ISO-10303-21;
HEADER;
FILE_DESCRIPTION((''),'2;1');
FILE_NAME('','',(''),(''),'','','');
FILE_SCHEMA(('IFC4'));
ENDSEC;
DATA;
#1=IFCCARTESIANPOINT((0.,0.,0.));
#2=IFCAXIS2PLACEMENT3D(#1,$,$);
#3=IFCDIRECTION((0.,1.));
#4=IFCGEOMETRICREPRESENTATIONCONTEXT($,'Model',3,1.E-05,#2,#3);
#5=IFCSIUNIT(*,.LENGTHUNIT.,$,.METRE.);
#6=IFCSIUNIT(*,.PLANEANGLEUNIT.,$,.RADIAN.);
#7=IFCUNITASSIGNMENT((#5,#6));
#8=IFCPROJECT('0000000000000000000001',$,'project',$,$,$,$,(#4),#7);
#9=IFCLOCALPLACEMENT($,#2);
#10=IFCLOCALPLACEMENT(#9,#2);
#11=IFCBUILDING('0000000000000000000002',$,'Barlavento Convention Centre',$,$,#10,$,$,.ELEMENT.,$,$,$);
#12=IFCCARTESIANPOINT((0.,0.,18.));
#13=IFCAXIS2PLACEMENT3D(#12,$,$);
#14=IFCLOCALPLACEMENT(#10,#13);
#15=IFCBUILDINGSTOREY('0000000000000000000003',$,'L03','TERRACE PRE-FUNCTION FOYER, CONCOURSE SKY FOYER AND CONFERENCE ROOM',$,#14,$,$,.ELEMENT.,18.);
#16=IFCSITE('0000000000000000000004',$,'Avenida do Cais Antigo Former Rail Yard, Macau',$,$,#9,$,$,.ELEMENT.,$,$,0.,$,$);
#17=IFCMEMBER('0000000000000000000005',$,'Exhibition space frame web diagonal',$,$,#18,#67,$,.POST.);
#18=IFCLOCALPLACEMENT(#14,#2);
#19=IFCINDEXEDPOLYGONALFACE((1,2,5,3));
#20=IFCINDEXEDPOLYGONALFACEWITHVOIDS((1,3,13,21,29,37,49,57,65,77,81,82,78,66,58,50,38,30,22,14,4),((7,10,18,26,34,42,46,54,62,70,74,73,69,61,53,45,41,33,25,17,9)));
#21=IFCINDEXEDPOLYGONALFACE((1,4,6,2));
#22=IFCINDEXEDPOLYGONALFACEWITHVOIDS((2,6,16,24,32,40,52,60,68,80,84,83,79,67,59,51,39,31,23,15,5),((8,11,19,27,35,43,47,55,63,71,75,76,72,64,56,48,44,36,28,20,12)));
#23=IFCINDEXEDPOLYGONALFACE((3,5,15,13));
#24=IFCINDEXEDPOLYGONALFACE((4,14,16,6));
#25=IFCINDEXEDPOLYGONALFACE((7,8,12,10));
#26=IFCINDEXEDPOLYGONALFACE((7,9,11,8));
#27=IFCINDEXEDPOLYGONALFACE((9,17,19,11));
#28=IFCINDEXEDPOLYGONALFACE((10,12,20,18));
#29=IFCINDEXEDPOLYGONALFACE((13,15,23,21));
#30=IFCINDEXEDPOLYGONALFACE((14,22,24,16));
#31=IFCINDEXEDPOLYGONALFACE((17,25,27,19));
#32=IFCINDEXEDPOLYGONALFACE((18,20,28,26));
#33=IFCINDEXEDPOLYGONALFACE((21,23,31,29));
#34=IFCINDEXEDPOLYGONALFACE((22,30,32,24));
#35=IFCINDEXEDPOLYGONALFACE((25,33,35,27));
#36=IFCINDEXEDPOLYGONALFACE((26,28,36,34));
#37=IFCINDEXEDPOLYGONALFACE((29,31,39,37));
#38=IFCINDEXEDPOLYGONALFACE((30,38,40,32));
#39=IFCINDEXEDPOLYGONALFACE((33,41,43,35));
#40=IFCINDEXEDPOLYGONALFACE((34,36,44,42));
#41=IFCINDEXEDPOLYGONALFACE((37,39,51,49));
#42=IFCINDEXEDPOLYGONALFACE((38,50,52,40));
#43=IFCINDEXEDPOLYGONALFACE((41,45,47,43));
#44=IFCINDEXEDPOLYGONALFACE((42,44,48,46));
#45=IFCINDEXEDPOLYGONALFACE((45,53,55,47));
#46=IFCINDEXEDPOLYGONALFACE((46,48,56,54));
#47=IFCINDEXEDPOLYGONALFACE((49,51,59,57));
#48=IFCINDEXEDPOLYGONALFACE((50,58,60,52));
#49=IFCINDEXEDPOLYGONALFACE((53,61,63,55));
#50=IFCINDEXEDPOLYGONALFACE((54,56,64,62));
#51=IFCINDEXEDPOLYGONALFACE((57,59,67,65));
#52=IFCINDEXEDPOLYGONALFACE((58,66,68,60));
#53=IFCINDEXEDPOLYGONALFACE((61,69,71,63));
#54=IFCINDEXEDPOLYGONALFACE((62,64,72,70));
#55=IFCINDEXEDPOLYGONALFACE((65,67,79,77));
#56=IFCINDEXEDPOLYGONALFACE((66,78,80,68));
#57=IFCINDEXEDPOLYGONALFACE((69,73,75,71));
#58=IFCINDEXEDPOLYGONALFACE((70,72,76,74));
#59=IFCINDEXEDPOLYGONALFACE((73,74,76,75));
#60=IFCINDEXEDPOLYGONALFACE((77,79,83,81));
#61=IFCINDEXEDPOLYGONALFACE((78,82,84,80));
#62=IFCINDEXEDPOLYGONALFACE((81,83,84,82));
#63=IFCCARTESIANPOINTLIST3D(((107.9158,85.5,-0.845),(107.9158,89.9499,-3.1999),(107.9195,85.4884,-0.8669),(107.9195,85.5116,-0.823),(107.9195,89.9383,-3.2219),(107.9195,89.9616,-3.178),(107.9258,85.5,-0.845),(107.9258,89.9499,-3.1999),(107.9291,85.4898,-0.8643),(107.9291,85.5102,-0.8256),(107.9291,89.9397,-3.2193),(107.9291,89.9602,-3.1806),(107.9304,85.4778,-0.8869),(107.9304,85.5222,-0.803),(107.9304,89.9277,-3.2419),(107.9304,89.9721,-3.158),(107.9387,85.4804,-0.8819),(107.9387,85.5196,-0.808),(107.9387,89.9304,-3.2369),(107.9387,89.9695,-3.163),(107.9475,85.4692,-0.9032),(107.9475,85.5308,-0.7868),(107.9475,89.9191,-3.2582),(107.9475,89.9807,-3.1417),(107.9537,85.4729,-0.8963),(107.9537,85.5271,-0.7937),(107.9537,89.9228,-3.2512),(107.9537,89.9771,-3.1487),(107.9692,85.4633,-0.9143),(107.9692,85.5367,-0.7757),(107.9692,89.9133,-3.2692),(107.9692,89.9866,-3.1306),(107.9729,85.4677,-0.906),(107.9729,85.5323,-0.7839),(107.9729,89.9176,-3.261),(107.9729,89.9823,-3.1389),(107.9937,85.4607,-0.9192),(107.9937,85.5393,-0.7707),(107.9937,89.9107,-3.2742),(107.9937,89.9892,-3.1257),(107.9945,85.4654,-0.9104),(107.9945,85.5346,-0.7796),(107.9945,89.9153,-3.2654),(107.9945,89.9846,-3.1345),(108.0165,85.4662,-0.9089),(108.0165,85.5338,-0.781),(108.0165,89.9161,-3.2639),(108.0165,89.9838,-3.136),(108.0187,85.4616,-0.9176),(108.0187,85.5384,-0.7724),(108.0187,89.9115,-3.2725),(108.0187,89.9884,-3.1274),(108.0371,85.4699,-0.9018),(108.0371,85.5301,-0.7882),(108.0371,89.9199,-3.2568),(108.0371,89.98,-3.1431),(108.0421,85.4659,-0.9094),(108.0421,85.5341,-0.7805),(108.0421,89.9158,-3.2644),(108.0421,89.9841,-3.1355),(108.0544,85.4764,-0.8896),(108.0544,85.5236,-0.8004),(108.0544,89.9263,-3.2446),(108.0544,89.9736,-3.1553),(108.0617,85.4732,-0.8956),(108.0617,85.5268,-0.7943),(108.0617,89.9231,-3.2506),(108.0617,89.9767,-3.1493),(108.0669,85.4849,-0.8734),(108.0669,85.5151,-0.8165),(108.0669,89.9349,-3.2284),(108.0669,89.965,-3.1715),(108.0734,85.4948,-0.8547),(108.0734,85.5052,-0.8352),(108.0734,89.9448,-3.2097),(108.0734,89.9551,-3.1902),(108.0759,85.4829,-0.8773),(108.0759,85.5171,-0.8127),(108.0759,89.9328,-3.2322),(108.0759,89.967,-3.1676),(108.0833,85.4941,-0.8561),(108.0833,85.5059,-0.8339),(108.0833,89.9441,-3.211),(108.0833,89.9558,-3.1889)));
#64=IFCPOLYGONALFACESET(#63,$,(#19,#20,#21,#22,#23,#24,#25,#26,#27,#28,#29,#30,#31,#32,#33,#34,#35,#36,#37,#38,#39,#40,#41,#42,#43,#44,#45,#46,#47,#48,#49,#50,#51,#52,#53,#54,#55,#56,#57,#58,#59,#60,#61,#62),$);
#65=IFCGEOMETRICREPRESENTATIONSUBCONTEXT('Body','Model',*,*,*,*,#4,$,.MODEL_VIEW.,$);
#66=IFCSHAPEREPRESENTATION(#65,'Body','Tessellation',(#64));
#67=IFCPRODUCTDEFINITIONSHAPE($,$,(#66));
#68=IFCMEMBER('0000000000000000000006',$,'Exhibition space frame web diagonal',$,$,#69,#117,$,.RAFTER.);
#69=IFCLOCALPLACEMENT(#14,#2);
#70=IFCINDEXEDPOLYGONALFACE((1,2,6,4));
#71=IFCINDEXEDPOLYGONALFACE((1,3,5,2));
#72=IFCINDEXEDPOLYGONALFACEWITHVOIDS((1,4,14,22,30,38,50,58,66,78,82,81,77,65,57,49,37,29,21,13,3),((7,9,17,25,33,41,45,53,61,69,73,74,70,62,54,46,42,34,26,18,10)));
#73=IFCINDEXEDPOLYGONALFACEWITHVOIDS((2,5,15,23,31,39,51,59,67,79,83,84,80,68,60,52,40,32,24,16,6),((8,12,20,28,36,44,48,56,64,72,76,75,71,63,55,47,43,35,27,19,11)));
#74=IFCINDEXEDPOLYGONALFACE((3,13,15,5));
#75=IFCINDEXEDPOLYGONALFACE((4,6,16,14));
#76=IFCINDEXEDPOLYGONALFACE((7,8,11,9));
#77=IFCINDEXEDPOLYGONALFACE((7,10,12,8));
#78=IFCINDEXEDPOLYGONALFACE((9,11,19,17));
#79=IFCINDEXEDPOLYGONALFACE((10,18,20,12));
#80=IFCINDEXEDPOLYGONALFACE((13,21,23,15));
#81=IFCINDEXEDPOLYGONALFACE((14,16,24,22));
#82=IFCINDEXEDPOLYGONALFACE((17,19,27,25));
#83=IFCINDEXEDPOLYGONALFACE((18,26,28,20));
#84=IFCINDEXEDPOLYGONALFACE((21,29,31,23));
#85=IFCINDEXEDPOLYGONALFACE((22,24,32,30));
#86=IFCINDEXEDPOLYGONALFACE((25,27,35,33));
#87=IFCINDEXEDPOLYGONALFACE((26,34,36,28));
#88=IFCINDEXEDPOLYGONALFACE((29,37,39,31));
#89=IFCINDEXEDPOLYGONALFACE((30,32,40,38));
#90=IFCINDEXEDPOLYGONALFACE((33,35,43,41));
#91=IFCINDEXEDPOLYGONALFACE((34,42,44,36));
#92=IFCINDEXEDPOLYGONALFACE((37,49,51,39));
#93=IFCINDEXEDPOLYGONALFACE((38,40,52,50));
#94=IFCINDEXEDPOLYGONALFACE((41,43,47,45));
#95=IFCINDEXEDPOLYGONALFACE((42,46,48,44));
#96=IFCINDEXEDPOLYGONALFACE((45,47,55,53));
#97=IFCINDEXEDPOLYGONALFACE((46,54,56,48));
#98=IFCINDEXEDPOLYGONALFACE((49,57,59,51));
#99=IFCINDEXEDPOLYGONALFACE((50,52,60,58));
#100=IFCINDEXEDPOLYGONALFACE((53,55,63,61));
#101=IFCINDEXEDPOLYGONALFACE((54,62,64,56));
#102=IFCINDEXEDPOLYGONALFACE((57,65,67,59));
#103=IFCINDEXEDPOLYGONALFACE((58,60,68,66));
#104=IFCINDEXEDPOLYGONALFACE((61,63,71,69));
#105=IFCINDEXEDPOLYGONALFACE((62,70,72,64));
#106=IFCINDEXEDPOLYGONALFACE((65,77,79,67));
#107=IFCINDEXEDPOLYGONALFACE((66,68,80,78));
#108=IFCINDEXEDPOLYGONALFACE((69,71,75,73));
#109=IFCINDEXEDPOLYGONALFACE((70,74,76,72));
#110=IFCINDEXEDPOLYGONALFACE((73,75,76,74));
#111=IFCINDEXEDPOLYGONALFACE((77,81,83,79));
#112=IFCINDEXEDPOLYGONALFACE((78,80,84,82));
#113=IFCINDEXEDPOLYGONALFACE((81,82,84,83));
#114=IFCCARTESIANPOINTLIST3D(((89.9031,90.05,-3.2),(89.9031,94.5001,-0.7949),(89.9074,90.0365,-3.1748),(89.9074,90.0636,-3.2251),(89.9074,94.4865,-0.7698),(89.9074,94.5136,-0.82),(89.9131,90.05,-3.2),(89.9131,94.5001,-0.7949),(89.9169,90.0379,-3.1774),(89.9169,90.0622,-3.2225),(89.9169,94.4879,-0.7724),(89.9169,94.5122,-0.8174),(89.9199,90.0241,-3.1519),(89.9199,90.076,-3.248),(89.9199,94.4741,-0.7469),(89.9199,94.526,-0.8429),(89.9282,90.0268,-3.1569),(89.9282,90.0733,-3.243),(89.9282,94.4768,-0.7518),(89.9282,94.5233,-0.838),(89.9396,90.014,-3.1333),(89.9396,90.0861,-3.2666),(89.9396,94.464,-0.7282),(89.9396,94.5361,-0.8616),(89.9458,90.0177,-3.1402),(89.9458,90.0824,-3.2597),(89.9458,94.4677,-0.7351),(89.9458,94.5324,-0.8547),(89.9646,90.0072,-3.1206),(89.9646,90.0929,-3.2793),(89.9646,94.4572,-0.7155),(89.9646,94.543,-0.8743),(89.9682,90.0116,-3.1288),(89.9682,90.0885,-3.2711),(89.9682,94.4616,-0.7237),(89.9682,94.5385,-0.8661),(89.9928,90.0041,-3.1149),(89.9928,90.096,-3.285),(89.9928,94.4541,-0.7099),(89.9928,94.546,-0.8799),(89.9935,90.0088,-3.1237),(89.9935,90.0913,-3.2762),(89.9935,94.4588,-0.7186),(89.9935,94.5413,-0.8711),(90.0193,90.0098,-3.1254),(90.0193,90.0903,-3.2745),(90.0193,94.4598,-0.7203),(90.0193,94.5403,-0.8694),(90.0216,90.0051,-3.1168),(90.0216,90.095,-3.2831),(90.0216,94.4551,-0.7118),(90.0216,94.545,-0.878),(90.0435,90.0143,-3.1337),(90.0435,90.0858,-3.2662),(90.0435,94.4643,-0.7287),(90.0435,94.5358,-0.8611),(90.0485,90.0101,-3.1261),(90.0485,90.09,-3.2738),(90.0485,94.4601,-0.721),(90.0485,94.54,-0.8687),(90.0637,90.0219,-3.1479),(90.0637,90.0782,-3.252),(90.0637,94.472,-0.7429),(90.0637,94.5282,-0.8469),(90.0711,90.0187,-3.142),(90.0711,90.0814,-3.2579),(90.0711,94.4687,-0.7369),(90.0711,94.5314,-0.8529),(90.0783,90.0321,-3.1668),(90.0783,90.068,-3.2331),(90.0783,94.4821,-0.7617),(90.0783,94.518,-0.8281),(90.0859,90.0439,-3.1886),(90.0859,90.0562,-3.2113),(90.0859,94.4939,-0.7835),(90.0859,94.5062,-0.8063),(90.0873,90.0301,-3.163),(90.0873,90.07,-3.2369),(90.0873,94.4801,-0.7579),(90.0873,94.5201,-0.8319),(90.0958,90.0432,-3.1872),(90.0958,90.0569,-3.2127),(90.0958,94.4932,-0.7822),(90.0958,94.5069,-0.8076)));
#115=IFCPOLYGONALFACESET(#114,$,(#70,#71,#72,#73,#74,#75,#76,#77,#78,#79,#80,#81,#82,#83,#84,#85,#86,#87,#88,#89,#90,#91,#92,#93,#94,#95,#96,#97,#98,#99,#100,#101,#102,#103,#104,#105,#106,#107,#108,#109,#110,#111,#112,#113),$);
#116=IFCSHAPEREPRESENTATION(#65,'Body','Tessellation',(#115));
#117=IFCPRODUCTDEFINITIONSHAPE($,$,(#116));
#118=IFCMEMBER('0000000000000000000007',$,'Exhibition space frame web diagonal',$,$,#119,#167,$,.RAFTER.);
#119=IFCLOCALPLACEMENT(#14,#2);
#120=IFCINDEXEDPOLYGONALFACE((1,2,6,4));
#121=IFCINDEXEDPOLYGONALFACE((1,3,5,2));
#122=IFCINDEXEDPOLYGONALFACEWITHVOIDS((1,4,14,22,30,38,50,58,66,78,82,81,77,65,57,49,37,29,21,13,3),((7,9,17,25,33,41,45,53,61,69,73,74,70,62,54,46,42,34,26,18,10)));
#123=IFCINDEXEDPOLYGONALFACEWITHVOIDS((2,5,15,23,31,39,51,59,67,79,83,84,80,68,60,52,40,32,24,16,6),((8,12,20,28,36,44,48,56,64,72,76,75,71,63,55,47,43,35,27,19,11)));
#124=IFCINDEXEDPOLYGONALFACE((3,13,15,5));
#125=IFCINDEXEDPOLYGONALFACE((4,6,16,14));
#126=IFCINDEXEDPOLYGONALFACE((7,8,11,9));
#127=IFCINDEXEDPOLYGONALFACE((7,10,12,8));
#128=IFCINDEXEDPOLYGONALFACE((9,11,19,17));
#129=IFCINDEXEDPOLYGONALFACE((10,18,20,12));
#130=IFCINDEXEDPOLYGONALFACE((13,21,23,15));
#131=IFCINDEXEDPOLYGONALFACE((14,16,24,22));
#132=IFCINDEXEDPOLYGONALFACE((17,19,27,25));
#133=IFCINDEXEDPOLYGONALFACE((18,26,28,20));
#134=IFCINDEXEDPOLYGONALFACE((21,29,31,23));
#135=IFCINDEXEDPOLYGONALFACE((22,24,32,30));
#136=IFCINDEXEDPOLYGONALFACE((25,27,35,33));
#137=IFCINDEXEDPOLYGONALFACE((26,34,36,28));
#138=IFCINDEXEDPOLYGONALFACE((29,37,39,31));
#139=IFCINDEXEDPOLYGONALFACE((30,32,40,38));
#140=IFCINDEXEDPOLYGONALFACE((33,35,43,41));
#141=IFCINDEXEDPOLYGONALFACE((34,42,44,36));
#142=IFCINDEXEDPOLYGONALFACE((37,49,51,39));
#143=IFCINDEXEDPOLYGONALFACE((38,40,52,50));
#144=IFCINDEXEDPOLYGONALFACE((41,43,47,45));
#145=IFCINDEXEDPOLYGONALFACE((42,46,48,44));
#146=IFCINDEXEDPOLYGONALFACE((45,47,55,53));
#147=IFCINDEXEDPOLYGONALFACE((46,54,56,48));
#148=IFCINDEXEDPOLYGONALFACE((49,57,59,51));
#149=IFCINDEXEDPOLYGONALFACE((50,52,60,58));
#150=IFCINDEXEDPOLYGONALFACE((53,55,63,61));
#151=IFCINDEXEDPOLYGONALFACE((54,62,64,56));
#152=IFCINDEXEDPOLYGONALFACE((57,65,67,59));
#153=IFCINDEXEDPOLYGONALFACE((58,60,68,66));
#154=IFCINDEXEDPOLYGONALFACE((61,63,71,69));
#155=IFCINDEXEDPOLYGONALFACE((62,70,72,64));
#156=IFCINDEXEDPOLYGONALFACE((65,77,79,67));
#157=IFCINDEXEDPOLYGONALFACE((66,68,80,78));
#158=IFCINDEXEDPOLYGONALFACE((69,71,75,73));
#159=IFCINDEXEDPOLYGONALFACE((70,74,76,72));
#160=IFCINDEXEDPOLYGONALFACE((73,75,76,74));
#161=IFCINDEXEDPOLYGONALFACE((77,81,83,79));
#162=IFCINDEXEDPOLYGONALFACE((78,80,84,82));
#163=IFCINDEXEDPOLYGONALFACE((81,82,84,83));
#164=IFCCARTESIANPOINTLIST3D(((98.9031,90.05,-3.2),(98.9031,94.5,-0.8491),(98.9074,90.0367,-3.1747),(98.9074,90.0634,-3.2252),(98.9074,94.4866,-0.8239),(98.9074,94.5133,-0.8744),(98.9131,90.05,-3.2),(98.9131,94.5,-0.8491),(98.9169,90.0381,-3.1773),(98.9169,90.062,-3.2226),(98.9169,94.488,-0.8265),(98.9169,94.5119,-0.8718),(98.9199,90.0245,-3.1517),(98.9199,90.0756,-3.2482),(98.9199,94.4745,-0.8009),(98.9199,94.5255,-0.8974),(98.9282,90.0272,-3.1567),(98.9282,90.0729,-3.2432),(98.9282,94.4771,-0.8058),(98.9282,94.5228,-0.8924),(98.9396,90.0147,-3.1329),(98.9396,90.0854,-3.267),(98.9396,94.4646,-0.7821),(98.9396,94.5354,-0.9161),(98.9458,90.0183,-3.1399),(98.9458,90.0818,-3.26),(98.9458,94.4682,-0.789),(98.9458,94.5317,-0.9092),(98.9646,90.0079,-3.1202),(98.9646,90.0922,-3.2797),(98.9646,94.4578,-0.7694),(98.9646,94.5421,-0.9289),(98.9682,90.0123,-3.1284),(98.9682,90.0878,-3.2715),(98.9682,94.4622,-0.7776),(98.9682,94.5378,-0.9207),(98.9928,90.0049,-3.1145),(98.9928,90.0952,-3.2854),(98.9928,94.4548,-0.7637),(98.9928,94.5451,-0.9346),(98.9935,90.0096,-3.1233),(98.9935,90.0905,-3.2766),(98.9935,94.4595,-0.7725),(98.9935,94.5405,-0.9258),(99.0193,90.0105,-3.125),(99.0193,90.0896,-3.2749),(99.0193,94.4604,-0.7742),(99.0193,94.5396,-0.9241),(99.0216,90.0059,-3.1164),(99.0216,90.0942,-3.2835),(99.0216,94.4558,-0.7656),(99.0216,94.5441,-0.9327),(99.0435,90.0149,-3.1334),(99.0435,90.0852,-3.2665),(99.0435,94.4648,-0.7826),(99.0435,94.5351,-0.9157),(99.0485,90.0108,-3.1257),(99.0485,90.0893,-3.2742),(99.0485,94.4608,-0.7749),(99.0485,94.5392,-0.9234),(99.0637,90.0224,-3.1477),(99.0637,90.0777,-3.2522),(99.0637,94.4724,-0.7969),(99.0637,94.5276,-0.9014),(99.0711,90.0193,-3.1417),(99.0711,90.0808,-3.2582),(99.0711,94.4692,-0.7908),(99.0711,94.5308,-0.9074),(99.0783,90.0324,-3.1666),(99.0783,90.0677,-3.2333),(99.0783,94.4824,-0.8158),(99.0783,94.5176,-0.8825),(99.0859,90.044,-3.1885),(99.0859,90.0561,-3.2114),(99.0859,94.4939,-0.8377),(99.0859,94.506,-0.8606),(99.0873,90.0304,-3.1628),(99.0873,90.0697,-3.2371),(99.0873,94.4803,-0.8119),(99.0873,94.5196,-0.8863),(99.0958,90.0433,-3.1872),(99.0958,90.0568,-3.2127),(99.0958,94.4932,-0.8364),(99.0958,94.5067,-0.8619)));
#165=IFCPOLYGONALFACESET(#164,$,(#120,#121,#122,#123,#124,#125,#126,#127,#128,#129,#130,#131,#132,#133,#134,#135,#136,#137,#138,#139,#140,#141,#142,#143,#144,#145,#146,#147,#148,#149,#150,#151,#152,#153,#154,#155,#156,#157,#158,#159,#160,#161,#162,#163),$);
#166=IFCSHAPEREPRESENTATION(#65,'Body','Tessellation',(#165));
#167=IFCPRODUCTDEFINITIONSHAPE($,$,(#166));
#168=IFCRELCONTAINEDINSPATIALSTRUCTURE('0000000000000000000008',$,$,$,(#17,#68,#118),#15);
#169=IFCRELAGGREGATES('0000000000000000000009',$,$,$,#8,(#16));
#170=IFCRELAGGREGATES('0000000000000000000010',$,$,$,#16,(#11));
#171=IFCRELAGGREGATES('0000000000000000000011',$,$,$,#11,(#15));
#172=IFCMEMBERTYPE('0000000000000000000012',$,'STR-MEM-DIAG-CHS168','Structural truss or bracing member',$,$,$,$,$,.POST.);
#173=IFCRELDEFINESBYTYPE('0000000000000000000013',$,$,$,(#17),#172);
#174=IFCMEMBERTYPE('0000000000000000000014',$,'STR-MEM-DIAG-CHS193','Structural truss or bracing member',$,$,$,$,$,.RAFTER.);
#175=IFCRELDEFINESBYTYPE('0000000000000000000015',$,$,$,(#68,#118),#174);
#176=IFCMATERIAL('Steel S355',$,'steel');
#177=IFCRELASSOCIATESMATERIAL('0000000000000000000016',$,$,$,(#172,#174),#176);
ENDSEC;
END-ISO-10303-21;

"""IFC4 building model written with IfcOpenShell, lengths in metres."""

from ifc_helpers import new_model, si_unit, direction, frame, origin, origin_2d, place, context, subcontext, project, spatial, hollow_circle, extrude, material, material_profile, profile_set, type_object, element, save


model = new_model("IFC4")

# Units and contexts
model_context = context("Model", 3, precision=1e-05, world=origin(), true_north=direction((0.0, 1.0)))
body_context = subcontext(model_context, "Body", "Model", "MODEL_VIEW")
ifc_project = project(units=[si_unit("LENGTHUNIT", "METRE"), si_unit("PLANEANGLEUNIT", "RADIAN")], contexts=[model_context])

# Site, building, storey
site_placement = place(None, origin())
site = spatial("IfcSite", under=ifc_project, at=site_placement, Name="Avenida do Cais Antigo Former Rail Yard, Macau", CompositionType="ELEMENT", RefElevation=0.0)
building_placement = place(site_placement, origin())
building = spatial("IfcBuilding", under=site, at=building_placement, Name="Barlavento Convention Centre", CompositionType="ELEMENT")
storey_placement = place(building_placement, frame((0.0, 0.0, 18.0)))
storey = spatial("IfcBuildingStorey", under=building, at=storey_placement, Name="L03", Description="TERRACE PRE-FUNCTION FOYER, CONCOURSE SKY FOYER AND CONFERENCE ROOM", CompositionType="ELEMENT", Elevation=18.0)

# Members
ifc_material_1 = material(Name="Steel S355", Category="steel")
ifc_material_profile_1 = material_profile(ifc_material_1, hollow_circle(Radius=0.0842, WallThickness=0.01, at=origin_2d()), Name="CHS 168.3x10.0")
ifc_profile_set_1 = profile_set([ifc_material_profile_1], Name="Steel S355")
member_type_1 = type_object("IfcMemberType", Name="STR-MEM-DIAG-CHS168", Description="Structural truss or bracing member", PredefinedType="POST", material=ifc_profile_set_1)
member_1_placement = place(storey_placement, frame((108.0, 85.5, -0.845), z_axis=(0.0, 0.88386, -0.467752), x_axis=(-1.0, 0.0, 0.0)))
element("IfcMember", 1, at=member_1_placement, inside=storey, type_object=member_type_1, Name="Exhibition space frame web diagonal", PredefinedType="POST", context=body_context, shape_type="SweptSolid", body=[
    extrude(hollow_circle(Radius=0.0842, WallThickness=0.01, at=origin_2d()), origin(), (0.0, 0.0, 1.0), 5.0347),
])
ifc_material_profile_2 = material_profile(ifc_material_1, hollow_circle(Radius=0.0969, WallThickness=0.01, at=origin_2d()), Name="CHS 193.7x10.0")
ifc_profile_set_2 = profile_set([ifc_material_profile_2], Name="Steel S355")
member_type_2 = type_object("IfcMemberType", Name="STR-MEM-DIAG-CHS193", Description="Structural truss or bracing member", PredefinedType="RAFTER", material=ifc_profile_set_2)
member_2_placement = place(storey_placement, frame((90.0, 90.05, -3.2), z_axis=(0.0, 0.879735, 0.475464), x_axis=(-1.0, 0.0, 0.0)))
element("IfcMember", 2, at=member_2_placement, inside=storey, type_object=member_type_2, Name="Exhibition space frame web diagonal", PredefinedType="RAFTER", context=body_context, shape_type="SweptSolid", body=[
    extrude(hollow_circle(Radius=0.0969, WallThickness=0.01, at=origin_2d()), origin(), (0.0, 0.0, 1.0), 5.0583),
])
member_3_placement = place(storey_placement, frame((99.0, 90.05, -3.2), z_axis=(0.0, 0.884201, 0.467107), x_axis=(-1.0, 0.0, 0.0)))
element("IfcMember", 3, at=member_3_placement, inside=storey, type_object=member_type_2, Name="Exhibition space frame web diagonal", PredefinedType="RAFTER", context=body_context, shape_type="SweptSolid", body=[
    extrude(hollow_circle(Radius=0.0969, WallThickness=0.01, at=origin_2d()), origin(), (0.0, 0.0, 1.0), 5.0327),
])

save(model, "model.ifc")
